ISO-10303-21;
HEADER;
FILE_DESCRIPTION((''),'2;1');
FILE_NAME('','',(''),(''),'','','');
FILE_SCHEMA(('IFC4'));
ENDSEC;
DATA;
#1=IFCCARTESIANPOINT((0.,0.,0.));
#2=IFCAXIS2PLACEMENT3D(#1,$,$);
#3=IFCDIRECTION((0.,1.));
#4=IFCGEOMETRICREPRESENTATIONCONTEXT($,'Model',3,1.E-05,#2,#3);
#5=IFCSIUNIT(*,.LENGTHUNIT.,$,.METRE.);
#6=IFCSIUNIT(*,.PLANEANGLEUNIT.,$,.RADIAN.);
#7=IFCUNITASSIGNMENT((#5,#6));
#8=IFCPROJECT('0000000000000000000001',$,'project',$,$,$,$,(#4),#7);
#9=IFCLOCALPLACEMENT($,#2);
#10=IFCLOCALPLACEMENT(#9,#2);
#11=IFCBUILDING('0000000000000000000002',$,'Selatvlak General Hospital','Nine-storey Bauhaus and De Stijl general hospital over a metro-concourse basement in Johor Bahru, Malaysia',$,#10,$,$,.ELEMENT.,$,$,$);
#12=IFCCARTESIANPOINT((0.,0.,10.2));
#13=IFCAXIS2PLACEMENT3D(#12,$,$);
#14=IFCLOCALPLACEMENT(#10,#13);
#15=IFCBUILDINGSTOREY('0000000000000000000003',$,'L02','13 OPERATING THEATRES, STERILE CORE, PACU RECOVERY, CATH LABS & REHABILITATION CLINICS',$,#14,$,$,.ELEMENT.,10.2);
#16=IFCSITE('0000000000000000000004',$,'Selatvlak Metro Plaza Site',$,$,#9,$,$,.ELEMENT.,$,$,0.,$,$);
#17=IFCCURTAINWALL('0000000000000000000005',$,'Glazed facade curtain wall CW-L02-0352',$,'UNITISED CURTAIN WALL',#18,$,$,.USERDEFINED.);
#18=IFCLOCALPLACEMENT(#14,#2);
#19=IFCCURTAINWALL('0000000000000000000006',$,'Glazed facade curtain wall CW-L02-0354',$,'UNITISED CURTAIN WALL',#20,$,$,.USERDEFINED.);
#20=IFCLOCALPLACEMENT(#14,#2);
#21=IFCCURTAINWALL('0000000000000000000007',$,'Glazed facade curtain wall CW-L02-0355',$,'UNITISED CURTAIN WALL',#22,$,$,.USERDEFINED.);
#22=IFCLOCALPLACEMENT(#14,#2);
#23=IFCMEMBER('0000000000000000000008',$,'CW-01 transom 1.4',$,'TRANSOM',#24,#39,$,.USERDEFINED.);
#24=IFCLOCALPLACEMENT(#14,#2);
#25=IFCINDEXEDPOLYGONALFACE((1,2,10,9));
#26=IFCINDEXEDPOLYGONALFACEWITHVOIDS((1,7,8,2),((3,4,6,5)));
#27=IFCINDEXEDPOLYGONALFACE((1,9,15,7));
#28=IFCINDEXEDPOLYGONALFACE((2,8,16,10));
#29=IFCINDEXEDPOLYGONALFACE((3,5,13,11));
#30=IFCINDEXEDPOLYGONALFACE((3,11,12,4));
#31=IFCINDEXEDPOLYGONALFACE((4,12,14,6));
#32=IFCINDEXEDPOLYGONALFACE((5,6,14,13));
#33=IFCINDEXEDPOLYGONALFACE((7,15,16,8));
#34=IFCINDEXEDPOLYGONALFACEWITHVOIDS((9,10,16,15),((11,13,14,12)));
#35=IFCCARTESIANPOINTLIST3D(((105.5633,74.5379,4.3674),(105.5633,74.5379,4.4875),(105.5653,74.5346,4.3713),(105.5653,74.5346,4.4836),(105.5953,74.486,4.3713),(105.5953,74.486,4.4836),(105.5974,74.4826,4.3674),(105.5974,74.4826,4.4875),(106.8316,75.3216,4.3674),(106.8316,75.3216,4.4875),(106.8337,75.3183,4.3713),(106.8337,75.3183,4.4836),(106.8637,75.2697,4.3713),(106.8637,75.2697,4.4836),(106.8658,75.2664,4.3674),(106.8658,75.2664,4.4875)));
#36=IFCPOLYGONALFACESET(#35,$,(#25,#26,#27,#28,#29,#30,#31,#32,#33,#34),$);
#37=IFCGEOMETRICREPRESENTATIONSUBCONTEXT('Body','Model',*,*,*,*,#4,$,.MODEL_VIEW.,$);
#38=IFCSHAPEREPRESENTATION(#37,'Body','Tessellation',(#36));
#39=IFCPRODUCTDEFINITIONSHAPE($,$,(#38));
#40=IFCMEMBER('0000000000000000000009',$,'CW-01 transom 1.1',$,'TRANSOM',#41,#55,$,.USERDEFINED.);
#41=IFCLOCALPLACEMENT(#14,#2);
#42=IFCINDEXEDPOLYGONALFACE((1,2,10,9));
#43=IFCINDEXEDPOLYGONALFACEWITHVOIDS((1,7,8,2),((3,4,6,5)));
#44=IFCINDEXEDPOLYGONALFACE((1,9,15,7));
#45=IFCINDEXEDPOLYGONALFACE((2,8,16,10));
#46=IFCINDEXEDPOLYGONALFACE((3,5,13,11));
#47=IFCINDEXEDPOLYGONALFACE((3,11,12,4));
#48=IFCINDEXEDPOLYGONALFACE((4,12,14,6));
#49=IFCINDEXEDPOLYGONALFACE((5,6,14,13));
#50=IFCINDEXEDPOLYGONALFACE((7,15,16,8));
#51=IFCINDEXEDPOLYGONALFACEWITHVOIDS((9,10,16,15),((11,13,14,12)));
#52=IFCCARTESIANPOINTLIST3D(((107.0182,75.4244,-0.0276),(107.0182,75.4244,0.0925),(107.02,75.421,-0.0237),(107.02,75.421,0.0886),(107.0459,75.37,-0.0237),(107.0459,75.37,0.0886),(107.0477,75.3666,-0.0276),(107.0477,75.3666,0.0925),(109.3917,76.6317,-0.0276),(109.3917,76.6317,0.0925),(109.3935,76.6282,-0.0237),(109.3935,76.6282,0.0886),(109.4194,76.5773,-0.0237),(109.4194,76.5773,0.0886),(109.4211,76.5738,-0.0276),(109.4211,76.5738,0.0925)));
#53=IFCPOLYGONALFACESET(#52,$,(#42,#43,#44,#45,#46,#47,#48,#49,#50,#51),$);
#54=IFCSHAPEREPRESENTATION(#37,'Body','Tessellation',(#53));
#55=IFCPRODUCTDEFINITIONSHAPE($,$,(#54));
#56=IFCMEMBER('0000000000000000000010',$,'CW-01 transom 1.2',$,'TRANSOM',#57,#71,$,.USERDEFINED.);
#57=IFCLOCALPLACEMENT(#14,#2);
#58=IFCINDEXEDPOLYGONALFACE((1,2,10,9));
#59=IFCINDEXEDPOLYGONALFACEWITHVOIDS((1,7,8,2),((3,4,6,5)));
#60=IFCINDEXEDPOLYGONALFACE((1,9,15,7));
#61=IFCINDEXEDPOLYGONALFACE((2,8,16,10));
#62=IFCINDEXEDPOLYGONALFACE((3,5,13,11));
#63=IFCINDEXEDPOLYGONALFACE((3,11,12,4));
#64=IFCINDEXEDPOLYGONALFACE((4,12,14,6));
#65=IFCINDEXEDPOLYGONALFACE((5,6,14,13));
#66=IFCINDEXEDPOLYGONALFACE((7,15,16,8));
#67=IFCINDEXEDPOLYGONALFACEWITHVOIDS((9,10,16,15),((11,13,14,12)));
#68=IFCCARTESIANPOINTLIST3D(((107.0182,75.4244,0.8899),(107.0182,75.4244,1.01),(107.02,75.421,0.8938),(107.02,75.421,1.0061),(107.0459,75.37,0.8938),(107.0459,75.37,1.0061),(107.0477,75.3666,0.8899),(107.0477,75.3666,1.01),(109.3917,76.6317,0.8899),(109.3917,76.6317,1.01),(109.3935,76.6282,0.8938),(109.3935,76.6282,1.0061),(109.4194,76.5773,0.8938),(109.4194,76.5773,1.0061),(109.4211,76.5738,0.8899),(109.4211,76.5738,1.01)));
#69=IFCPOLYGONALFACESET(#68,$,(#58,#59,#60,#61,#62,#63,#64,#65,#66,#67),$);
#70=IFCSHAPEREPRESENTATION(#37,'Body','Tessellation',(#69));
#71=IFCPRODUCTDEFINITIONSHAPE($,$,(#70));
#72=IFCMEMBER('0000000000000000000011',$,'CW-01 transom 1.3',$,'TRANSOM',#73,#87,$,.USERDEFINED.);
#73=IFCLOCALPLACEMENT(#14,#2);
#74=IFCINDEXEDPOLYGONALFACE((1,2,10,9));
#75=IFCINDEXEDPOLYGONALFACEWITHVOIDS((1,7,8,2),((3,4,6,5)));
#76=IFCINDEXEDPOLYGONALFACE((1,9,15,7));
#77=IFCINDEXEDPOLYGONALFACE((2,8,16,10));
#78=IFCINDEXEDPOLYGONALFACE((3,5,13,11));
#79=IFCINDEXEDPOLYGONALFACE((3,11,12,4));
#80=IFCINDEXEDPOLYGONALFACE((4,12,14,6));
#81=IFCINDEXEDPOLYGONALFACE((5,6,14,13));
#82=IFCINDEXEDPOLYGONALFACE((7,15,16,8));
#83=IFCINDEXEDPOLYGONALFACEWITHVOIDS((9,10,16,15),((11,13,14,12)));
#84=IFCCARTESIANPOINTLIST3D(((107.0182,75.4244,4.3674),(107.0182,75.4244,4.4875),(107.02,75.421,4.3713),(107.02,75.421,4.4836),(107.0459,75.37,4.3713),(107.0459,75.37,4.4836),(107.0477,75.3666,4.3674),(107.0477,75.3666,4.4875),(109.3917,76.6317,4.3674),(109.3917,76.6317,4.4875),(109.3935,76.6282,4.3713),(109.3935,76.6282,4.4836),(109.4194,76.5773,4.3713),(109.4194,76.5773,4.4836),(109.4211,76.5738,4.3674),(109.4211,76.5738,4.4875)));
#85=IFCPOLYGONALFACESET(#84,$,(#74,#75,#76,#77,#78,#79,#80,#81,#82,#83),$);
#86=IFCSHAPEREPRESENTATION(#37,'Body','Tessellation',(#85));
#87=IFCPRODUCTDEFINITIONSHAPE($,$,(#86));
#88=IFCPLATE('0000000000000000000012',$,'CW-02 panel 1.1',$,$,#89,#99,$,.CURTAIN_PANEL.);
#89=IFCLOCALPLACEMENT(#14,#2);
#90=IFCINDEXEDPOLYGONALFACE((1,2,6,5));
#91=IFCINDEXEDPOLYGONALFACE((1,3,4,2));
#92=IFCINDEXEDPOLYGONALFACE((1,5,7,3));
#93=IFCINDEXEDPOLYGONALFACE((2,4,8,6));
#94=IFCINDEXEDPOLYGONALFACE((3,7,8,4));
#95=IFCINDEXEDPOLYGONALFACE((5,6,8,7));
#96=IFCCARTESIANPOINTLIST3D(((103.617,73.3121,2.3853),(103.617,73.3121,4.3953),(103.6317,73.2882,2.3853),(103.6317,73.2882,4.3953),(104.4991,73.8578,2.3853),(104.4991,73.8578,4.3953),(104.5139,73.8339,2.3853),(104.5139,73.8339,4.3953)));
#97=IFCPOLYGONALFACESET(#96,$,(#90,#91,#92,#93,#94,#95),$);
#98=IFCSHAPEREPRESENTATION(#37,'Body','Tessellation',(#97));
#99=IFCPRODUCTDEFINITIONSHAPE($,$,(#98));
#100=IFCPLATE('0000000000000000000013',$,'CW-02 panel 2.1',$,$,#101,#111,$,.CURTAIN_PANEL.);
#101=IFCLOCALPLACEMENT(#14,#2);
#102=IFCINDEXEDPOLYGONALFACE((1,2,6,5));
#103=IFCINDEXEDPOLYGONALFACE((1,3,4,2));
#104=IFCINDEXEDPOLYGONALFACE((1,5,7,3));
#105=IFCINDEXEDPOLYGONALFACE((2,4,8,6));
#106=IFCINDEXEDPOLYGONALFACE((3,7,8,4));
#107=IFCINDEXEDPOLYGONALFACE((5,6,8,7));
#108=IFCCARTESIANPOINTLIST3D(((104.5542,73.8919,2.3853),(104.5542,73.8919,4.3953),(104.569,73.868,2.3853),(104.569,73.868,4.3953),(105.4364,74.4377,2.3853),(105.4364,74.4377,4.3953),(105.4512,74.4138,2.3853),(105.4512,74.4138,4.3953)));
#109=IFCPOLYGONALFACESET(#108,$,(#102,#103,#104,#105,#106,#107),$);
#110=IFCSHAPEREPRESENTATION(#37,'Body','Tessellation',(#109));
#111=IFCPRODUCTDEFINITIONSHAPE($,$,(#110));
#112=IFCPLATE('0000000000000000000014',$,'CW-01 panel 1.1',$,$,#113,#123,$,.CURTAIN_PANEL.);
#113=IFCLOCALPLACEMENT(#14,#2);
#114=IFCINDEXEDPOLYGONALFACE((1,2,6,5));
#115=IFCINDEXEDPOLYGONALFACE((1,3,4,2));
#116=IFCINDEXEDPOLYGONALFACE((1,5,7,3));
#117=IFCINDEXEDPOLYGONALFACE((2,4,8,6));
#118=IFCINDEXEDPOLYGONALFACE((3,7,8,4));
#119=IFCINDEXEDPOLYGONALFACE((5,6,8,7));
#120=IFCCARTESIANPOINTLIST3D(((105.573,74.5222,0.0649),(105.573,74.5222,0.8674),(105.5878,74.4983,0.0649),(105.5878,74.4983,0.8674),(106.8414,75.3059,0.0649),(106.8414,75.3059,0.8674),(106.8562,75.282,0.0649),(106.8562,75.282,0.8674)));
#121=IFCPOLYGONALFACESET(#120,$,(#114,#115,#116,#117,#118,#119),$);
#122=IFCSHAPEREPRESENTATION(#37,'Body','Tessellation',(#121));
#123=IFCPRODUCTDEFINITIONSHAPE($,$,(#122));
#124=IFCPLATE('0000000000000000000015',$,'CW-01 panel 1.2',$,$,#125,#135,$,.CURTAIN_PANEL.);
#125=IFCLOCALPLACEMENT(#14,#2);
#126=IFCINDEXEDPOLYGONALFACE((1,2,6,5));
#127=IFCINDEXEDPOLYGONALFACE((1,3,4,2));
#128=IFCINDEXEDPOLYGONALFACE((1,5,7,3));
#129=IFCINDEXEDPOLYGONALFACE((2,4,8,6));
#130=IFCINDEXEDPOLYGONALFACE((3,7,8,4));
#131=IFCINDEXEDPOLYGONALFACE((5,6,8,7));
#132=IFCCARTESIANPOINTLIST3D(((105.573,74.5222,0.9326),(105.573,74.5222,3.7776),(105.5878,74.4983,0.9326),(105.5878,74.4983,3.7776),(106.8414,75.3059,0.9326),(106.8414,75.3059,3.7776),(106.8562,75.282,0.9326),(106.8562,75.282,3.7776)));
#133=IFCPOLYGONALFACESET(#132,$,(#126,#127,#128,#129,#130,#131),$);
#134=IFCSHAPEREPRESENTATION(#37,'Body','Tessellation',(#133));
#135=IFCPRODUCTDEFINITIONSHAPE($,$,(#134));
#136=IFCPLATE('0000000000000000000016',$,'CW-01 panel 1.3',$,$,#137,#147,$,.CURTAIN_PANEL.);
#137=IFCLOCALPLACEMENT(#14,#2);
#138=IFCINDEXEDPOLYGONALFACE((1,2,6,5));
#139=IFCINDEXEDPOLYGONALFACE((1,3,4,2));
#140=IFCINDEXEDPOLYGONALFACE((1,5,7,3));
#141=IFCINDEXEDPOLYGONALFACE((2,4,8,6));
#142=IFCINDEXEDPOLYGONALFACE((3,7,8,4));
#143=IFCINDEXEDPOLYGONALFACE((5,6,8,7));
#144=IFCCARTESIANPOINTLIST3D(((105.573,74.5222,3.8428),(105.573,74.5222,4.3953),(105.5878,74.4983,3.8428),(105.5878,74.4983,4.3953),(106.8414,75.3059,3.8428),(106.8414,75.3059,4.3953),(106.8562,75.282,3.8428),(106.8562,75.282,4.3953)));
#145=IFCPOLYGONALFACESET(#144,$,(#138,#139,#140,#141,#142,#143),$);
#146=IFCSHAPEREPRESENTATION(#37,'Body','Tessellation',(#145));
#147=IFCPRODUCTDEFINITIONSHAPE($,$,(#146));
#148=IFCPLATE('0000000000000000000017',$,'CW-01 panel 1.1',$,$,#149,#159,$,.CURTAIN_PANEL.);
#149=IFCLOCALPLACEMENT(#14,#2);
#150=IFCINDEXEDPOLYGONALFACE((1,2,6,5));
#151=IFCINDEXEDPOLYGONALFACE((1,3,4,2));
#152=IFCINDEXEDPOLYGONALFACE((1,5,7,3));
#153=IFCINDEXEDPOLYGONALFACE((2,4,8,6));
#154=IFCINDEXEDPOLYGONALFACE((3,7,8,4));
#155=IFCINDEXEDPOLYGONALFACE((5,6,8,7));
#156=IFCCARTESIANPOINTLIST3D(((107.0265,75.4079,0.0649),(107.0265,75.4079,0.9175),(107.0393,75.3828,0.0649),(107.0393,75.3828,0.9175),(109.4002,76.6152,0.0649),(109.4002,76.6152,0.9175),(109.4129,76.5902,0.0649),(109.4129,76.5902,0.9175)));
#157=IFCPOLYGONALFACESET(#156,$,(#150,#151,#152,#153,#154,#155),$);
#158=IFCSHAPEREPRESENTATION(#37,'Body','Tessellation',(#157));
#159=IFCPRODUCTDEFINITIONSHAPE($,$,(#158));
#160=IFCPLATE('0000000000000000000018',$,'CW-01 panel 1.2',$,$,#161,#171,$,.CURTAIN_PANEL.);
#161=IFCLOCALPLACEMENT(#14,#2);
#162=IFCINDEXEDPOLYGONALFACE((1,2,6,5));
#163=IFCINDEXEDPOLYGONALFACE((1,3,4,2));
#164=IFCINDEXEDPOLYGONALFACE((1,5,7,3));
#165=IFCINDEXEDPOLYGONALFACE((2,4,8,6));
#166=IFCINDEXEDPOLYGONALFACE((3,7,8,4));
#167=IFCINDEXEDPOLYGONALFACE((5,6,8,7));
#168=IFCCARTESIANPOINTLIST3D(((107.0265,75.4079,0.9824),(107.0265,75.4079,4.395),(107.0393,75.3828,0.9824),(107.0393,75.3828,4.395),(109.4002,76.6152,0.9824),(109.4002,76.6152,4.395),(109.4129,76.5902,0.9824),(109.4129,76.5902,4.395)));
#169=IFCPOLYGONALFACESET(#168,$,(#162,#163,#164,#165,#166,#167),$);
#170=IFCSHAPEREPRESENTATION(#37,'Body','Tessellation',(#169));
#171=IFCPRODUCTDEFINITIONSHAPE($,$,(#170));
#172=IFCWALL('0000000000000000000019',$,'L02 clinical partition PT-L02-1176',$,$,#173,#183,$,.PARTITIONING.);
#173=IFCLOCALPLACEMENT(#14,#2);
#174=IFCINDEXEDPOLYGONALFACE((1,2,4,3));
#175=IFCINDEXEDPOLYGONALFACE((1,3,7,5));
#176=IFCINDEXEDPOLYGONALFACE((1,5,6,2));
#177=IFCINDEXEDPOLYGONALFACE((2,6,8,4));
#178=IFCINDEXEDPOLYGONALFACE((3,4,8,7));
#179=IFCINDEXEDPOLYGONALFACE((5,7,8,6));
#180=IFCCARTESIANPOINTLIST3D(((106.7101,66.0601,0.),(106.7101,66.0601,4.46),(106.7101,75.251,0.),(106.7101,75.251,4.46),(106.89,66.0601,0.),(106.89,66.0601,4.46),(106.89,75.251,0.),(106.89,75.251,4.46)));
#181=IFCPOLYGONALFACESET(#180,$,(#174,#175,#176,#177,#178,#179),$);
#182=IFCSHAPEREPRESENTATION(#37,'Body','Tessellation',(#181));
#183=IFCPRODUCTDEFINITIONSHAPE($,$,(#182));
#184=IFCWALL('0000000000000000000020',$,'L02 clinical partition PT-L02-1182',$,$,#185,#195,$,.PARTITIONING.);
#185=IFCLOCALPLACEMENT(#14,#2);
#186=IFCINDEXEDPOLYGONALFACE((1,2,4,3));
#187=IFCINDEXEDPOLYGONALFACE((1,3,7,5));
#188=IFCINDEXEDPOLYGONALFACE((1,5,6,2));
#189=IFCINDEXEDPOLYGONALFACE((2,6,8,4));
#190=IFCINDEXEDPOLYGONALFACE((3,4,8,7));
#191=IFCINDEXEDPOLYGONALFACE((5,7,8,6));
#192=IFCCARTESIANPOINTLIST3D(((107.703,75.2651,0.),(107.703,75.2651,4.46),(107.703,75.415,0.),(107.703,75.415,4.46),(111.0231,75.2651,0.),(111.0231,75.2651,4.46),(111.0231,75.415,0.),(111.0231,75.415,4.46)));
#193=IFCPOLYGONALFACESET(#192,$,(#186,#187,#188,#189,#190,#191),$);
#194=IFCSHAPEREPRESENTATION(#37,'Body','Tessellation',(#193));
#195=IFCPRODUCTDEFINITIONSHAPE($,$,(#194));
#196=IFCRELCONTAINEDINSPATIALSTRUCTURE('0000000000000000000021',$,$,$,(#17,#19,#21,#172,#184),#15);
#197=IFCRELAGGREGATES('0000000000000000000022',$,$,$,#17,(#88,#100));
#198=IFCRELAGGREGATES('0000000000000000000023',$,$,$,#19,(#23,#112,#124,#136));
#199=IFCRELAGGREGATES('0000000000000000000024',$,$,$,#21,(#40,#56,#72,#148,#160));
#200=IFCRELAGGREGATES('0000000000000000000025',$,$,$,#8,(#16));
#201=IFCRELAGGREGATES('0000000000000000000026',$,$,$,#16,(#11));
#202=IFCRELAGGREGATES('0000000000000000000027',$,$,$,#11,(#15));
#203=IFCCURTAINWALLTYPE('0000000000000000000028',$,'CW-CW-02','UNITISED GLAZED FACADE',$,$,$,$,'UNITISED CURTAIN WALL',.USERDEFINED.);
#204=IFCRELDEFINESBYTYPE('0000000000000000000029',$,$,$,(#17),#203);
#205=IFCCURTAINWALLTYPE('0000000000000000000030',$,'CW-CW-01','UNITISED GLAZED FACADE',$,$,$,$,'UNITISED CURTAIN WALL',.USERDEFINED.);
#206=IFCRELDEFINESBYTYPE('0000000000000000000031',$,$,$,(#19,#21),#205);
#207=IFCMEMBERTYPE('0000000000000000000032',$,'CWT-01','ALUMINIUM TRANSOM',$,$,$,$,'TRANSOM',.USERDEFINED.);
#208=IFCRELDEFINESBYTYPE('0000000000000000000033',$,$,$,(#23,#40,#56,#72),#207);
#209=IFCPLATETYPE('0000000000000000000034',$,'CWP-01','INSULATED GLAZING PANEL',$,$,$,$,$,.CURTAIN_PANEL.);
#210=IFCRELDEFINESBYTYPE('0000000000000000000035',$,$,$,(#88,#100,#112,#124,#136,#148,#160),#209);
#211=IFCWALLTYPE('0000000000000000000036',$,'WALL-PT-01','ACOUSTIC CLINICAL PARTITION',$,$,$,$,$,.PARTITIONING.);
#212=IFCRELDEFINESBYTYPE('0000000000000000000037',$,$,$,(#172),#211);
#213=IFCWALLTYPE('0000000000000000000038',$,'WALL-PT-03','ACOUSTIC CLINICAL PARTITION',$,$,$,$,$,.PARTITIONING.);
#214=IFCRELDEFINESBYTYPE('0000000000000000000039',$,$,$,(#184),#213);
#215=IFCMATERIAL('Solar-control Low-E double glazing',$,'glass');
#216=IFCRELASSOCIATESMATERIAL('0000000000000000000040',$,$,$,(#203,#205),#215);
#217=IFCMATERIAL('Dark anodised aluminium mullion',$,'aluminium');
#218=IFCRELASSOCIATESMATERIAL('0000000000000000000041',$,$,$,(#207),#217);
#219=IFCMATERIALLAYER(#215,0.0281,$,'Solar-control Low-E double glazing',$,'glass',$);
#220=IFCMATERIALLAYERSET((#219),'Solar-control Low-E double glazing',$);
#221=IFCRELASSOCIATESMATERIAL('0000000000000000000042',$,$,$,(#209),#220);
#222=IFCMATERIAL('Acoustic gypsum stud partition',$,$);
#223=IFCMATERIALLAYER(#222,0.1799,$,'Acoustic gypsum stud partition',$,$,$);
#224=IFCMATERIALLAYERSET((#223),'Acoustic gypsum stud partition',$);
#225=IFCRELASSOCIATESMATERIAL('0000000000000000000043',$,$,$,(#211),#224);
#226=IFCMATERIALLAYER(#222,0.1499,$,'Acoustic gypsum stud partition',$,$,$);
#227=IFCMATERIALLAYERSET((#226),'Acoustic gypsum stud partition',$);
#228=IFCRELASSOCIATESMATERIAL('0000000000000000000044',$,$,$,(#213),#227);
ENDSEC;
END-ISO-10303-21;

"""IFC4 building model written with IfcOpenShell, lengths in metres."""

from ifc_helpers import new_model, si_unit, direction, frame, frame_2d, origin, origin_2d, place, context, subcontext, project, spatial, rectangle, hollow_rectangle, extrude, material, layer, layer_set, material_profile, profile_set, type_object, element, aggregate, save


model = new_model("IFC4")

# Units and contexts
model_context = context("Model", 3, precision=1e-05, world=origin(), true_north=direction((0.0, 1.0)))
body_context = subcontext(model_context, "Body", "Model", "MODEL_VIEW")
ifc_project = project(units=[si_unit("LENGTHUNIT", "METRE"), si_unit("PLANEANGLEUNIT", "RADIAN")], contexts=[model_context])

# Site, building, storey
site_placement = place(None, origin())
site = spatial("IfcSite", under=ifc_project, at=site_placement, Name="Selatvlak Metro Plaza Site", CompositionType="ELEMENT", RefElevation=0.0)
building_placement = place(site_placement, origin())
building = spatial("IfcBuilding", under=site, at=building_placement, Name="Selatvlak General Hospital", Description="Nine-storey Bauhaus and De Stijl general hospital over a metro-concourse basement in Johor Bahru, Malaysia", CompositionType="ELEMENT")
storey_placement = place(building_placement, frame((0.0, 0.0, 10.2)))
storey = spatial("IfcBuildingStorey", under=building, at=storey_placement, Name="L02", Description="13 OPERATING THEATRES, STERILE CORE, PACU RECOVERY, CATH LABS & REHABILITATION CLINICS", CompositionType="ELEMENT", Elevation=10.2)

# Curtain walls
ifc_material_1 = material(Name="Solar-control Low-E double glazing", Category="glass")
curtain_wall_type_1 = type_object("IfcCurtainWallType", Name="CW-CW-02", Description="UNITISED GLAZED FACADE", ElementType="UNITISED CURTAIN WALL", PredefinedType="USERDEFINED", material=ifc_material_1)
curtain_wall_1_placement = place(storey_placement, origin())
curtain_wall_1 = element("IfcCurtainWall", 1, at=curtain_wall_1_placement, inside=storey, type_object=curtain_wall_type_1, Name="Glazed facade curtain wall CW-L02-0352", ObjectType="UNITISED CURTAIN WALL", PredefinedType="USERDEFINED")
ifc_material_2 = material(Name="Dark anodised aluminium mullion", Category="aluminium")
curtain_wall_type_2 = type_object("IfcCurtainWallType", Name="CW-CW-01", Description="UNITISED GLAZED FACADE", ElementType="UNITISED CURTAIN WALL", PredefinedType="USERDEFINED", material=ifc_material_1)
curtain_wall_2_placement = place(storey_placement, origin())
curtain_wall_2 = element("IfcCurtainWall", 2, at=curtain_wall_2_placement, inside=storey, type_object=curtain_wall_type_2, Name="Glazed facade curtain wall CW-L02-0354", ObjectType="UNITISED CURTAIN WALL", PredefinedType="USERDEFINED")

# Curtain wall
curtain_wall_3_placement = place(storey_placement, origin())
curtain_wall_3 = element("IfcCurtainWall", 3, at=curtain_wall_3_placement, inside=storey, type_object=curtain_wall_type_2, Name="Glazed facade curtain wall CW-L02-0355", ObjectType="UNITISED CURTAIN WALL", PredefinedType="USERDEFINED")

# Members
ifc_material_profile_1 = material_profile(ifc_material_2, hollow_rectangle(XDim=0.0649, YDim=0.1201, WallThickness=0.0039, at=origin_2d()), Name="AL-TRN 65x120x4")
ifc_profile_set_1 = profile_set([ifc_material_profile_1], Name="Dark anodised aluminium mullion")
member_type_1 = type_object("IfcMemberType", Name="CWT-01", Description="ALUMINIUM TRANSOM", ElementType="TRANSOM", PredefinedType="USERDEFINED", material=ifc_profile_set_1)
member_1_placement = place(storey_placement, frame((105.5803, 74.5103, 4.4275), z_axis=(0.850701, 0.52565, 0.0), x_axis=(-0.52565, 0.850701, 0.0)))
member_1 = element("IfcMember", 4, at=member_1_placement, type_object=member_type_1, Name="CW-01 transom 1.4", ObjectType="TRANSOM", PredefinedType="USERDEFINED", context=body_context, shape_type="SweptSolid", body=[
    extrude(hollow_rectangle(XDim=0.0649, YDim=0.1201, WallThickness=0.0039, at=origin_2d()), origin(), (0.0, 0.0, 1.0), 1.491),
])
member_2_placement = place(storey_placement, frame((107.033, 75.3955, 0.0325), z_axis=(0.891325, 0.453364, 0.0), x_axis=(-0.453364, 0.891325, 0.0)))
member_2 = element("IfcMember", 5, at=member_2_placement, type_object=member_type_1, Name="CW-01 transom 1.1", ObjectType="TRANSOM", PredefinedType="USERDEFINED", context=body_context, shape_type="SweptSolid", body=[
    extrude(hollow_rectangle(XDim=0.0649, YDim=0.1201, WallThickness=0.0039, at=origin_2d()), origin(), (0.0, 0.0, 1.0), 2.6628),
])
member_3_placement = place(storey_placement, frame((107.033, 75.3955, 0.95), z_axis=(0.891325, 0.453364, 0.0), x_axis=(-0.453364, 0.891325, 0.0)))
member_3 = element("IfcMember", 6, at=member_3_placement, type_object=member_type_1, Name="CW-01 transom 1.2", ObjectType="TRANSOM", PredefinedType="USERDEFINED", context=body_context, shape_type="SweptSolid", body=[
    extrude(hollow_rectangle(XDim=0.0649, YDim=0.1201, WallThickness=0.0039, at=origin_2d()), origin(), (0.0, 0.0, 1.0), 2.6628),
])
member_4_placement = place(storey_placement, frame((107.033, 75.3955, 4.4275), z_axis=(0.891325, 0.453364, 0.0), x_axis=(-0.453364, 0.891325, 0.0)))
member_4 = element("IfcMember", 7, at=member_4_placement, type_object=member_type_1, Name="CW-01 transom 1.3", ObjectType="TRANSOM", PredefinedType="USERDEFINED", context=body_context, shape_type="SweptSolid", body=[
    extrude(hollow_rectangle(XDim=0.0649, YDim=0.1201, WallThickness=0.0039, at=origin_2d()), origin(), (0.0, 0.0, 1.0), 2.6628),
])

# Plates
ifc_layer_1 = layer(ifc_material_1, 0.0281, Name="Solar-control Low-E double glazing", Category="glass")
ifc_layer_set_1 = layer_set([ifc_layer_1], Name="Solar-control Low-E double glazing")
plate_type = type_object("IfcPlateType", Name="CWP-01", Description="INSULATED GLAZING PANEL", PredefinedType="CURTAIN_PANEL", material=ifc_layer_set_1)
plate_1_placement = place(storey_placement, frame((104.0654, 73.573, 2.3853), z_axis=(0.0, 0.0, 1.0), x_axis=(0.850415, 0.526112, 0.0)))
plate_1 = element("IfcPlate", 8, at=plate_1_placement, type_object=plate_type, Name="CW-02 panel 1.1", PredefinedType="CURTAIN_PANEL", context=body_context, shape_type="SweptSolid", body=[
    extrude(rectangle(XDim=1.0374, YDim=0.0281, at=origin_2d()), origin(), (0.0, 0.0, 1.0), 2.01),
])
plate_2_placement = place(storey_placement, frame((105.0027, 74.1528, 2.3853), z_axis=(0.0, 0.0, 1.0), x_axis=(0.850415, 0.526112, 0.0)))
plate_2 = element("IfcPlate", 9, at=plate_2_placement, type_object=plate_type, Name="CW-02 panel 2.1", PredefinedType="CURTAIN_PANEL", context=body_context, shape_type="SweptSolid", body=[
    extrude(rectangle(XDim=1.0374, YDim=0.0281, at=origin_2d()), origin(), (0.0, 0.0, 1.0), 2.01),
])
aggregate(curtain_wall_1, [plate_1, plate_2])
plate_3_placement = place(storey_placement, frame((106.2146, 74.9021, 0.0649), z_axis=(0.0, 0.0, 1.0), x_axis=(0.850725, 0.525611, 0.0)))
plate_3 = element("IfcPlate", 10, at=plate_3_placement, type_object=plate_type, Name="CW-01 panel 1.1", PredefinedType="CURTAIN_PANEL", context=body_context, shape_type="SweptSolid", body=[
    extrude(rectangle(XDim=1.491, YDim=0.0281, at=origin_2d()), origin(), (0.0, 0.0, 1.0), 0.8025),
])
plate_4_placement = place(storey_placement, frame((106.2146, 74.9021, 0.9326), z_axis=(0.0, 0.0, 1.0), x_axis=(0.850725, 0.525611, 0.0)))
plate_4 = element("IfcPlate", 11, at=plate_4_placement, type_object=plate_type, Name="CW-01 panel 1.2", PredefinedType="CURTAIN_PANEL", context=body_context, shape_type="SweptSolid", body=[
    extrude(rectangle(XDim=1.491, YDim=0.0281, at=origin_2d()), origin(), (0.0, 0.0, 1.0), 2.845),
])
plate_5_placement = place(storey_placement, frame((106.2146, 74.9021, 3.8428), z_axis=(0.0, 0.0, 1.0), x_axis=(0.850725, 0.525611, 0.0)))
plate_5 = element("IfcPlate", 12, at=plate_5_placement, type_object=plate_type, Name="CW-01 panel 1.3", PredefinedType="CURTAIN_PANEL", context=body_context, shape_type="SweptSolid", body=[
    extrude(rectangle(XDim=1.491, YDim=0.0281, at=origin_2d()), origin(), (0.0, 0.0, 1.0), 0.5525),
])
aggregate(curtain_wall_2, [member_1, plate_3, plate_4, plate_5])
plate_6_placement = place(storey_placement, frame((108.2197, 75.999, 0.0649), z_axis=(0.0, 0.0, 1.0), x_axis=(0.891327, 0.453361, 0.0)))
plate_6 = element("IfcPlate", 13, at=plate_6_placement, type_object=plate_type, Name="CW-01 panel 1.1", PredefinedType="CURTAIN_PANEL", context=body_context, shape_type="SweptSolid", body=[
    extrude(rectangle(XDim=2.6631, YDim=0.0281, at=origin_2d()), origin(), (0.0, 0.0, 1.0), 0.8525),
])
plate_7_placement = place(storey_placement, frame((108.2197, 75.999, 0.9824), z_axis=(0.0, 0.0, 1.0), x_axis=(0.891327, 0.453361, 0.0)))
plate_7 = element("IfcPlate", 14, at=plate_7_placement, type_object=plate_type, Name="CW-01 panel 1.2", PredefinedType="CURTAIN_PANEL", context=body_context, shape_type="SweptSolid", body=[
    extrude(rectangle(XDim=2.6631, YDim=0.0281, at=origin_2d()), origin(), (0.0, 0.0, 1.0), 3.4126),
])
aggregate(curtain_wall_3, [member_2, member_3, member_4, plate_6, plate_7])

# Walls
ifc_material_3 = material(Name="Acoustic gypsum stud partition")
ifc_layer_2 = layer(ifc_material_3, 0.1799, Name="Acoustic gypsum stud partition")
ifc_layer_set_2 = layer_set([ifc_layer_2], Name="Acoustic gypsum stud partition")
wall_type_1 = type_object("IfcWallType", Name="WALL-PT-01", Description="ACOUSTIC CLINICAL PARTITION", PredefinedType="PARTITIONING", material=ifc_layer_set_2)
wall_1_placement = place(storey_placement, frame((106.8, 75.251, 0.0), z_axis=(0.0, 0.0, 1.0), x_axis=(0.0, -1.0, 0.0)))
element("IfcWall", 15, at=wall_1_placement, inside=storey, type_object=wall_type_1, Name="L02 clinical partition PT-L02-1176", PredefinedType="PARTITIONING", context=body_context, shape_type="SweptSolid", body=[
    extrude(rectangle(XDim=9.1909, YDim=0.1799, at=frame_2d((4.5955, 0.0))), origin(), (0.0, 0.0, 1.0), 4.46),
])
ifc_layer_3 = layer(ifc_material_3, 0.1499, Name="Acoustic gypsum stud partition")
ifc_layer_set_3 = layer_set([ifc_layer_3], Name="Acoustic gypsum stud partition")
wall_type_2 = type_object("IfcWallType", Name="WALL-PT-03", Description="ACOUSTIC CLINICAL PARTITION", PredefinedType="PARTITIONING", material=ifc_layer_set_3)
wall_2_placement = place(storey_placement, frame((107.7029, 75.3401, 0.0), z_axis=(0.0, 0.0, 1.0), x_axis=(1.0, 0.0, 0.0)))
element("IfcWall", 16, at=wall_2_placement, inside=storey, type_object=wall_type_2, Name="L02 clinical partition PT-L02-1182", PredefinedType="PARTITIONING", context=body_context, shape_type="SweptSolid", body=[
    extrude(rectangle(XDim=3.3201, YDim=0.1499, at=frame_2d((1.6602, 0.0))), origin(), (0.0, 0.0, 1.0), 4.46),
])

save(model, "model.ifc")
